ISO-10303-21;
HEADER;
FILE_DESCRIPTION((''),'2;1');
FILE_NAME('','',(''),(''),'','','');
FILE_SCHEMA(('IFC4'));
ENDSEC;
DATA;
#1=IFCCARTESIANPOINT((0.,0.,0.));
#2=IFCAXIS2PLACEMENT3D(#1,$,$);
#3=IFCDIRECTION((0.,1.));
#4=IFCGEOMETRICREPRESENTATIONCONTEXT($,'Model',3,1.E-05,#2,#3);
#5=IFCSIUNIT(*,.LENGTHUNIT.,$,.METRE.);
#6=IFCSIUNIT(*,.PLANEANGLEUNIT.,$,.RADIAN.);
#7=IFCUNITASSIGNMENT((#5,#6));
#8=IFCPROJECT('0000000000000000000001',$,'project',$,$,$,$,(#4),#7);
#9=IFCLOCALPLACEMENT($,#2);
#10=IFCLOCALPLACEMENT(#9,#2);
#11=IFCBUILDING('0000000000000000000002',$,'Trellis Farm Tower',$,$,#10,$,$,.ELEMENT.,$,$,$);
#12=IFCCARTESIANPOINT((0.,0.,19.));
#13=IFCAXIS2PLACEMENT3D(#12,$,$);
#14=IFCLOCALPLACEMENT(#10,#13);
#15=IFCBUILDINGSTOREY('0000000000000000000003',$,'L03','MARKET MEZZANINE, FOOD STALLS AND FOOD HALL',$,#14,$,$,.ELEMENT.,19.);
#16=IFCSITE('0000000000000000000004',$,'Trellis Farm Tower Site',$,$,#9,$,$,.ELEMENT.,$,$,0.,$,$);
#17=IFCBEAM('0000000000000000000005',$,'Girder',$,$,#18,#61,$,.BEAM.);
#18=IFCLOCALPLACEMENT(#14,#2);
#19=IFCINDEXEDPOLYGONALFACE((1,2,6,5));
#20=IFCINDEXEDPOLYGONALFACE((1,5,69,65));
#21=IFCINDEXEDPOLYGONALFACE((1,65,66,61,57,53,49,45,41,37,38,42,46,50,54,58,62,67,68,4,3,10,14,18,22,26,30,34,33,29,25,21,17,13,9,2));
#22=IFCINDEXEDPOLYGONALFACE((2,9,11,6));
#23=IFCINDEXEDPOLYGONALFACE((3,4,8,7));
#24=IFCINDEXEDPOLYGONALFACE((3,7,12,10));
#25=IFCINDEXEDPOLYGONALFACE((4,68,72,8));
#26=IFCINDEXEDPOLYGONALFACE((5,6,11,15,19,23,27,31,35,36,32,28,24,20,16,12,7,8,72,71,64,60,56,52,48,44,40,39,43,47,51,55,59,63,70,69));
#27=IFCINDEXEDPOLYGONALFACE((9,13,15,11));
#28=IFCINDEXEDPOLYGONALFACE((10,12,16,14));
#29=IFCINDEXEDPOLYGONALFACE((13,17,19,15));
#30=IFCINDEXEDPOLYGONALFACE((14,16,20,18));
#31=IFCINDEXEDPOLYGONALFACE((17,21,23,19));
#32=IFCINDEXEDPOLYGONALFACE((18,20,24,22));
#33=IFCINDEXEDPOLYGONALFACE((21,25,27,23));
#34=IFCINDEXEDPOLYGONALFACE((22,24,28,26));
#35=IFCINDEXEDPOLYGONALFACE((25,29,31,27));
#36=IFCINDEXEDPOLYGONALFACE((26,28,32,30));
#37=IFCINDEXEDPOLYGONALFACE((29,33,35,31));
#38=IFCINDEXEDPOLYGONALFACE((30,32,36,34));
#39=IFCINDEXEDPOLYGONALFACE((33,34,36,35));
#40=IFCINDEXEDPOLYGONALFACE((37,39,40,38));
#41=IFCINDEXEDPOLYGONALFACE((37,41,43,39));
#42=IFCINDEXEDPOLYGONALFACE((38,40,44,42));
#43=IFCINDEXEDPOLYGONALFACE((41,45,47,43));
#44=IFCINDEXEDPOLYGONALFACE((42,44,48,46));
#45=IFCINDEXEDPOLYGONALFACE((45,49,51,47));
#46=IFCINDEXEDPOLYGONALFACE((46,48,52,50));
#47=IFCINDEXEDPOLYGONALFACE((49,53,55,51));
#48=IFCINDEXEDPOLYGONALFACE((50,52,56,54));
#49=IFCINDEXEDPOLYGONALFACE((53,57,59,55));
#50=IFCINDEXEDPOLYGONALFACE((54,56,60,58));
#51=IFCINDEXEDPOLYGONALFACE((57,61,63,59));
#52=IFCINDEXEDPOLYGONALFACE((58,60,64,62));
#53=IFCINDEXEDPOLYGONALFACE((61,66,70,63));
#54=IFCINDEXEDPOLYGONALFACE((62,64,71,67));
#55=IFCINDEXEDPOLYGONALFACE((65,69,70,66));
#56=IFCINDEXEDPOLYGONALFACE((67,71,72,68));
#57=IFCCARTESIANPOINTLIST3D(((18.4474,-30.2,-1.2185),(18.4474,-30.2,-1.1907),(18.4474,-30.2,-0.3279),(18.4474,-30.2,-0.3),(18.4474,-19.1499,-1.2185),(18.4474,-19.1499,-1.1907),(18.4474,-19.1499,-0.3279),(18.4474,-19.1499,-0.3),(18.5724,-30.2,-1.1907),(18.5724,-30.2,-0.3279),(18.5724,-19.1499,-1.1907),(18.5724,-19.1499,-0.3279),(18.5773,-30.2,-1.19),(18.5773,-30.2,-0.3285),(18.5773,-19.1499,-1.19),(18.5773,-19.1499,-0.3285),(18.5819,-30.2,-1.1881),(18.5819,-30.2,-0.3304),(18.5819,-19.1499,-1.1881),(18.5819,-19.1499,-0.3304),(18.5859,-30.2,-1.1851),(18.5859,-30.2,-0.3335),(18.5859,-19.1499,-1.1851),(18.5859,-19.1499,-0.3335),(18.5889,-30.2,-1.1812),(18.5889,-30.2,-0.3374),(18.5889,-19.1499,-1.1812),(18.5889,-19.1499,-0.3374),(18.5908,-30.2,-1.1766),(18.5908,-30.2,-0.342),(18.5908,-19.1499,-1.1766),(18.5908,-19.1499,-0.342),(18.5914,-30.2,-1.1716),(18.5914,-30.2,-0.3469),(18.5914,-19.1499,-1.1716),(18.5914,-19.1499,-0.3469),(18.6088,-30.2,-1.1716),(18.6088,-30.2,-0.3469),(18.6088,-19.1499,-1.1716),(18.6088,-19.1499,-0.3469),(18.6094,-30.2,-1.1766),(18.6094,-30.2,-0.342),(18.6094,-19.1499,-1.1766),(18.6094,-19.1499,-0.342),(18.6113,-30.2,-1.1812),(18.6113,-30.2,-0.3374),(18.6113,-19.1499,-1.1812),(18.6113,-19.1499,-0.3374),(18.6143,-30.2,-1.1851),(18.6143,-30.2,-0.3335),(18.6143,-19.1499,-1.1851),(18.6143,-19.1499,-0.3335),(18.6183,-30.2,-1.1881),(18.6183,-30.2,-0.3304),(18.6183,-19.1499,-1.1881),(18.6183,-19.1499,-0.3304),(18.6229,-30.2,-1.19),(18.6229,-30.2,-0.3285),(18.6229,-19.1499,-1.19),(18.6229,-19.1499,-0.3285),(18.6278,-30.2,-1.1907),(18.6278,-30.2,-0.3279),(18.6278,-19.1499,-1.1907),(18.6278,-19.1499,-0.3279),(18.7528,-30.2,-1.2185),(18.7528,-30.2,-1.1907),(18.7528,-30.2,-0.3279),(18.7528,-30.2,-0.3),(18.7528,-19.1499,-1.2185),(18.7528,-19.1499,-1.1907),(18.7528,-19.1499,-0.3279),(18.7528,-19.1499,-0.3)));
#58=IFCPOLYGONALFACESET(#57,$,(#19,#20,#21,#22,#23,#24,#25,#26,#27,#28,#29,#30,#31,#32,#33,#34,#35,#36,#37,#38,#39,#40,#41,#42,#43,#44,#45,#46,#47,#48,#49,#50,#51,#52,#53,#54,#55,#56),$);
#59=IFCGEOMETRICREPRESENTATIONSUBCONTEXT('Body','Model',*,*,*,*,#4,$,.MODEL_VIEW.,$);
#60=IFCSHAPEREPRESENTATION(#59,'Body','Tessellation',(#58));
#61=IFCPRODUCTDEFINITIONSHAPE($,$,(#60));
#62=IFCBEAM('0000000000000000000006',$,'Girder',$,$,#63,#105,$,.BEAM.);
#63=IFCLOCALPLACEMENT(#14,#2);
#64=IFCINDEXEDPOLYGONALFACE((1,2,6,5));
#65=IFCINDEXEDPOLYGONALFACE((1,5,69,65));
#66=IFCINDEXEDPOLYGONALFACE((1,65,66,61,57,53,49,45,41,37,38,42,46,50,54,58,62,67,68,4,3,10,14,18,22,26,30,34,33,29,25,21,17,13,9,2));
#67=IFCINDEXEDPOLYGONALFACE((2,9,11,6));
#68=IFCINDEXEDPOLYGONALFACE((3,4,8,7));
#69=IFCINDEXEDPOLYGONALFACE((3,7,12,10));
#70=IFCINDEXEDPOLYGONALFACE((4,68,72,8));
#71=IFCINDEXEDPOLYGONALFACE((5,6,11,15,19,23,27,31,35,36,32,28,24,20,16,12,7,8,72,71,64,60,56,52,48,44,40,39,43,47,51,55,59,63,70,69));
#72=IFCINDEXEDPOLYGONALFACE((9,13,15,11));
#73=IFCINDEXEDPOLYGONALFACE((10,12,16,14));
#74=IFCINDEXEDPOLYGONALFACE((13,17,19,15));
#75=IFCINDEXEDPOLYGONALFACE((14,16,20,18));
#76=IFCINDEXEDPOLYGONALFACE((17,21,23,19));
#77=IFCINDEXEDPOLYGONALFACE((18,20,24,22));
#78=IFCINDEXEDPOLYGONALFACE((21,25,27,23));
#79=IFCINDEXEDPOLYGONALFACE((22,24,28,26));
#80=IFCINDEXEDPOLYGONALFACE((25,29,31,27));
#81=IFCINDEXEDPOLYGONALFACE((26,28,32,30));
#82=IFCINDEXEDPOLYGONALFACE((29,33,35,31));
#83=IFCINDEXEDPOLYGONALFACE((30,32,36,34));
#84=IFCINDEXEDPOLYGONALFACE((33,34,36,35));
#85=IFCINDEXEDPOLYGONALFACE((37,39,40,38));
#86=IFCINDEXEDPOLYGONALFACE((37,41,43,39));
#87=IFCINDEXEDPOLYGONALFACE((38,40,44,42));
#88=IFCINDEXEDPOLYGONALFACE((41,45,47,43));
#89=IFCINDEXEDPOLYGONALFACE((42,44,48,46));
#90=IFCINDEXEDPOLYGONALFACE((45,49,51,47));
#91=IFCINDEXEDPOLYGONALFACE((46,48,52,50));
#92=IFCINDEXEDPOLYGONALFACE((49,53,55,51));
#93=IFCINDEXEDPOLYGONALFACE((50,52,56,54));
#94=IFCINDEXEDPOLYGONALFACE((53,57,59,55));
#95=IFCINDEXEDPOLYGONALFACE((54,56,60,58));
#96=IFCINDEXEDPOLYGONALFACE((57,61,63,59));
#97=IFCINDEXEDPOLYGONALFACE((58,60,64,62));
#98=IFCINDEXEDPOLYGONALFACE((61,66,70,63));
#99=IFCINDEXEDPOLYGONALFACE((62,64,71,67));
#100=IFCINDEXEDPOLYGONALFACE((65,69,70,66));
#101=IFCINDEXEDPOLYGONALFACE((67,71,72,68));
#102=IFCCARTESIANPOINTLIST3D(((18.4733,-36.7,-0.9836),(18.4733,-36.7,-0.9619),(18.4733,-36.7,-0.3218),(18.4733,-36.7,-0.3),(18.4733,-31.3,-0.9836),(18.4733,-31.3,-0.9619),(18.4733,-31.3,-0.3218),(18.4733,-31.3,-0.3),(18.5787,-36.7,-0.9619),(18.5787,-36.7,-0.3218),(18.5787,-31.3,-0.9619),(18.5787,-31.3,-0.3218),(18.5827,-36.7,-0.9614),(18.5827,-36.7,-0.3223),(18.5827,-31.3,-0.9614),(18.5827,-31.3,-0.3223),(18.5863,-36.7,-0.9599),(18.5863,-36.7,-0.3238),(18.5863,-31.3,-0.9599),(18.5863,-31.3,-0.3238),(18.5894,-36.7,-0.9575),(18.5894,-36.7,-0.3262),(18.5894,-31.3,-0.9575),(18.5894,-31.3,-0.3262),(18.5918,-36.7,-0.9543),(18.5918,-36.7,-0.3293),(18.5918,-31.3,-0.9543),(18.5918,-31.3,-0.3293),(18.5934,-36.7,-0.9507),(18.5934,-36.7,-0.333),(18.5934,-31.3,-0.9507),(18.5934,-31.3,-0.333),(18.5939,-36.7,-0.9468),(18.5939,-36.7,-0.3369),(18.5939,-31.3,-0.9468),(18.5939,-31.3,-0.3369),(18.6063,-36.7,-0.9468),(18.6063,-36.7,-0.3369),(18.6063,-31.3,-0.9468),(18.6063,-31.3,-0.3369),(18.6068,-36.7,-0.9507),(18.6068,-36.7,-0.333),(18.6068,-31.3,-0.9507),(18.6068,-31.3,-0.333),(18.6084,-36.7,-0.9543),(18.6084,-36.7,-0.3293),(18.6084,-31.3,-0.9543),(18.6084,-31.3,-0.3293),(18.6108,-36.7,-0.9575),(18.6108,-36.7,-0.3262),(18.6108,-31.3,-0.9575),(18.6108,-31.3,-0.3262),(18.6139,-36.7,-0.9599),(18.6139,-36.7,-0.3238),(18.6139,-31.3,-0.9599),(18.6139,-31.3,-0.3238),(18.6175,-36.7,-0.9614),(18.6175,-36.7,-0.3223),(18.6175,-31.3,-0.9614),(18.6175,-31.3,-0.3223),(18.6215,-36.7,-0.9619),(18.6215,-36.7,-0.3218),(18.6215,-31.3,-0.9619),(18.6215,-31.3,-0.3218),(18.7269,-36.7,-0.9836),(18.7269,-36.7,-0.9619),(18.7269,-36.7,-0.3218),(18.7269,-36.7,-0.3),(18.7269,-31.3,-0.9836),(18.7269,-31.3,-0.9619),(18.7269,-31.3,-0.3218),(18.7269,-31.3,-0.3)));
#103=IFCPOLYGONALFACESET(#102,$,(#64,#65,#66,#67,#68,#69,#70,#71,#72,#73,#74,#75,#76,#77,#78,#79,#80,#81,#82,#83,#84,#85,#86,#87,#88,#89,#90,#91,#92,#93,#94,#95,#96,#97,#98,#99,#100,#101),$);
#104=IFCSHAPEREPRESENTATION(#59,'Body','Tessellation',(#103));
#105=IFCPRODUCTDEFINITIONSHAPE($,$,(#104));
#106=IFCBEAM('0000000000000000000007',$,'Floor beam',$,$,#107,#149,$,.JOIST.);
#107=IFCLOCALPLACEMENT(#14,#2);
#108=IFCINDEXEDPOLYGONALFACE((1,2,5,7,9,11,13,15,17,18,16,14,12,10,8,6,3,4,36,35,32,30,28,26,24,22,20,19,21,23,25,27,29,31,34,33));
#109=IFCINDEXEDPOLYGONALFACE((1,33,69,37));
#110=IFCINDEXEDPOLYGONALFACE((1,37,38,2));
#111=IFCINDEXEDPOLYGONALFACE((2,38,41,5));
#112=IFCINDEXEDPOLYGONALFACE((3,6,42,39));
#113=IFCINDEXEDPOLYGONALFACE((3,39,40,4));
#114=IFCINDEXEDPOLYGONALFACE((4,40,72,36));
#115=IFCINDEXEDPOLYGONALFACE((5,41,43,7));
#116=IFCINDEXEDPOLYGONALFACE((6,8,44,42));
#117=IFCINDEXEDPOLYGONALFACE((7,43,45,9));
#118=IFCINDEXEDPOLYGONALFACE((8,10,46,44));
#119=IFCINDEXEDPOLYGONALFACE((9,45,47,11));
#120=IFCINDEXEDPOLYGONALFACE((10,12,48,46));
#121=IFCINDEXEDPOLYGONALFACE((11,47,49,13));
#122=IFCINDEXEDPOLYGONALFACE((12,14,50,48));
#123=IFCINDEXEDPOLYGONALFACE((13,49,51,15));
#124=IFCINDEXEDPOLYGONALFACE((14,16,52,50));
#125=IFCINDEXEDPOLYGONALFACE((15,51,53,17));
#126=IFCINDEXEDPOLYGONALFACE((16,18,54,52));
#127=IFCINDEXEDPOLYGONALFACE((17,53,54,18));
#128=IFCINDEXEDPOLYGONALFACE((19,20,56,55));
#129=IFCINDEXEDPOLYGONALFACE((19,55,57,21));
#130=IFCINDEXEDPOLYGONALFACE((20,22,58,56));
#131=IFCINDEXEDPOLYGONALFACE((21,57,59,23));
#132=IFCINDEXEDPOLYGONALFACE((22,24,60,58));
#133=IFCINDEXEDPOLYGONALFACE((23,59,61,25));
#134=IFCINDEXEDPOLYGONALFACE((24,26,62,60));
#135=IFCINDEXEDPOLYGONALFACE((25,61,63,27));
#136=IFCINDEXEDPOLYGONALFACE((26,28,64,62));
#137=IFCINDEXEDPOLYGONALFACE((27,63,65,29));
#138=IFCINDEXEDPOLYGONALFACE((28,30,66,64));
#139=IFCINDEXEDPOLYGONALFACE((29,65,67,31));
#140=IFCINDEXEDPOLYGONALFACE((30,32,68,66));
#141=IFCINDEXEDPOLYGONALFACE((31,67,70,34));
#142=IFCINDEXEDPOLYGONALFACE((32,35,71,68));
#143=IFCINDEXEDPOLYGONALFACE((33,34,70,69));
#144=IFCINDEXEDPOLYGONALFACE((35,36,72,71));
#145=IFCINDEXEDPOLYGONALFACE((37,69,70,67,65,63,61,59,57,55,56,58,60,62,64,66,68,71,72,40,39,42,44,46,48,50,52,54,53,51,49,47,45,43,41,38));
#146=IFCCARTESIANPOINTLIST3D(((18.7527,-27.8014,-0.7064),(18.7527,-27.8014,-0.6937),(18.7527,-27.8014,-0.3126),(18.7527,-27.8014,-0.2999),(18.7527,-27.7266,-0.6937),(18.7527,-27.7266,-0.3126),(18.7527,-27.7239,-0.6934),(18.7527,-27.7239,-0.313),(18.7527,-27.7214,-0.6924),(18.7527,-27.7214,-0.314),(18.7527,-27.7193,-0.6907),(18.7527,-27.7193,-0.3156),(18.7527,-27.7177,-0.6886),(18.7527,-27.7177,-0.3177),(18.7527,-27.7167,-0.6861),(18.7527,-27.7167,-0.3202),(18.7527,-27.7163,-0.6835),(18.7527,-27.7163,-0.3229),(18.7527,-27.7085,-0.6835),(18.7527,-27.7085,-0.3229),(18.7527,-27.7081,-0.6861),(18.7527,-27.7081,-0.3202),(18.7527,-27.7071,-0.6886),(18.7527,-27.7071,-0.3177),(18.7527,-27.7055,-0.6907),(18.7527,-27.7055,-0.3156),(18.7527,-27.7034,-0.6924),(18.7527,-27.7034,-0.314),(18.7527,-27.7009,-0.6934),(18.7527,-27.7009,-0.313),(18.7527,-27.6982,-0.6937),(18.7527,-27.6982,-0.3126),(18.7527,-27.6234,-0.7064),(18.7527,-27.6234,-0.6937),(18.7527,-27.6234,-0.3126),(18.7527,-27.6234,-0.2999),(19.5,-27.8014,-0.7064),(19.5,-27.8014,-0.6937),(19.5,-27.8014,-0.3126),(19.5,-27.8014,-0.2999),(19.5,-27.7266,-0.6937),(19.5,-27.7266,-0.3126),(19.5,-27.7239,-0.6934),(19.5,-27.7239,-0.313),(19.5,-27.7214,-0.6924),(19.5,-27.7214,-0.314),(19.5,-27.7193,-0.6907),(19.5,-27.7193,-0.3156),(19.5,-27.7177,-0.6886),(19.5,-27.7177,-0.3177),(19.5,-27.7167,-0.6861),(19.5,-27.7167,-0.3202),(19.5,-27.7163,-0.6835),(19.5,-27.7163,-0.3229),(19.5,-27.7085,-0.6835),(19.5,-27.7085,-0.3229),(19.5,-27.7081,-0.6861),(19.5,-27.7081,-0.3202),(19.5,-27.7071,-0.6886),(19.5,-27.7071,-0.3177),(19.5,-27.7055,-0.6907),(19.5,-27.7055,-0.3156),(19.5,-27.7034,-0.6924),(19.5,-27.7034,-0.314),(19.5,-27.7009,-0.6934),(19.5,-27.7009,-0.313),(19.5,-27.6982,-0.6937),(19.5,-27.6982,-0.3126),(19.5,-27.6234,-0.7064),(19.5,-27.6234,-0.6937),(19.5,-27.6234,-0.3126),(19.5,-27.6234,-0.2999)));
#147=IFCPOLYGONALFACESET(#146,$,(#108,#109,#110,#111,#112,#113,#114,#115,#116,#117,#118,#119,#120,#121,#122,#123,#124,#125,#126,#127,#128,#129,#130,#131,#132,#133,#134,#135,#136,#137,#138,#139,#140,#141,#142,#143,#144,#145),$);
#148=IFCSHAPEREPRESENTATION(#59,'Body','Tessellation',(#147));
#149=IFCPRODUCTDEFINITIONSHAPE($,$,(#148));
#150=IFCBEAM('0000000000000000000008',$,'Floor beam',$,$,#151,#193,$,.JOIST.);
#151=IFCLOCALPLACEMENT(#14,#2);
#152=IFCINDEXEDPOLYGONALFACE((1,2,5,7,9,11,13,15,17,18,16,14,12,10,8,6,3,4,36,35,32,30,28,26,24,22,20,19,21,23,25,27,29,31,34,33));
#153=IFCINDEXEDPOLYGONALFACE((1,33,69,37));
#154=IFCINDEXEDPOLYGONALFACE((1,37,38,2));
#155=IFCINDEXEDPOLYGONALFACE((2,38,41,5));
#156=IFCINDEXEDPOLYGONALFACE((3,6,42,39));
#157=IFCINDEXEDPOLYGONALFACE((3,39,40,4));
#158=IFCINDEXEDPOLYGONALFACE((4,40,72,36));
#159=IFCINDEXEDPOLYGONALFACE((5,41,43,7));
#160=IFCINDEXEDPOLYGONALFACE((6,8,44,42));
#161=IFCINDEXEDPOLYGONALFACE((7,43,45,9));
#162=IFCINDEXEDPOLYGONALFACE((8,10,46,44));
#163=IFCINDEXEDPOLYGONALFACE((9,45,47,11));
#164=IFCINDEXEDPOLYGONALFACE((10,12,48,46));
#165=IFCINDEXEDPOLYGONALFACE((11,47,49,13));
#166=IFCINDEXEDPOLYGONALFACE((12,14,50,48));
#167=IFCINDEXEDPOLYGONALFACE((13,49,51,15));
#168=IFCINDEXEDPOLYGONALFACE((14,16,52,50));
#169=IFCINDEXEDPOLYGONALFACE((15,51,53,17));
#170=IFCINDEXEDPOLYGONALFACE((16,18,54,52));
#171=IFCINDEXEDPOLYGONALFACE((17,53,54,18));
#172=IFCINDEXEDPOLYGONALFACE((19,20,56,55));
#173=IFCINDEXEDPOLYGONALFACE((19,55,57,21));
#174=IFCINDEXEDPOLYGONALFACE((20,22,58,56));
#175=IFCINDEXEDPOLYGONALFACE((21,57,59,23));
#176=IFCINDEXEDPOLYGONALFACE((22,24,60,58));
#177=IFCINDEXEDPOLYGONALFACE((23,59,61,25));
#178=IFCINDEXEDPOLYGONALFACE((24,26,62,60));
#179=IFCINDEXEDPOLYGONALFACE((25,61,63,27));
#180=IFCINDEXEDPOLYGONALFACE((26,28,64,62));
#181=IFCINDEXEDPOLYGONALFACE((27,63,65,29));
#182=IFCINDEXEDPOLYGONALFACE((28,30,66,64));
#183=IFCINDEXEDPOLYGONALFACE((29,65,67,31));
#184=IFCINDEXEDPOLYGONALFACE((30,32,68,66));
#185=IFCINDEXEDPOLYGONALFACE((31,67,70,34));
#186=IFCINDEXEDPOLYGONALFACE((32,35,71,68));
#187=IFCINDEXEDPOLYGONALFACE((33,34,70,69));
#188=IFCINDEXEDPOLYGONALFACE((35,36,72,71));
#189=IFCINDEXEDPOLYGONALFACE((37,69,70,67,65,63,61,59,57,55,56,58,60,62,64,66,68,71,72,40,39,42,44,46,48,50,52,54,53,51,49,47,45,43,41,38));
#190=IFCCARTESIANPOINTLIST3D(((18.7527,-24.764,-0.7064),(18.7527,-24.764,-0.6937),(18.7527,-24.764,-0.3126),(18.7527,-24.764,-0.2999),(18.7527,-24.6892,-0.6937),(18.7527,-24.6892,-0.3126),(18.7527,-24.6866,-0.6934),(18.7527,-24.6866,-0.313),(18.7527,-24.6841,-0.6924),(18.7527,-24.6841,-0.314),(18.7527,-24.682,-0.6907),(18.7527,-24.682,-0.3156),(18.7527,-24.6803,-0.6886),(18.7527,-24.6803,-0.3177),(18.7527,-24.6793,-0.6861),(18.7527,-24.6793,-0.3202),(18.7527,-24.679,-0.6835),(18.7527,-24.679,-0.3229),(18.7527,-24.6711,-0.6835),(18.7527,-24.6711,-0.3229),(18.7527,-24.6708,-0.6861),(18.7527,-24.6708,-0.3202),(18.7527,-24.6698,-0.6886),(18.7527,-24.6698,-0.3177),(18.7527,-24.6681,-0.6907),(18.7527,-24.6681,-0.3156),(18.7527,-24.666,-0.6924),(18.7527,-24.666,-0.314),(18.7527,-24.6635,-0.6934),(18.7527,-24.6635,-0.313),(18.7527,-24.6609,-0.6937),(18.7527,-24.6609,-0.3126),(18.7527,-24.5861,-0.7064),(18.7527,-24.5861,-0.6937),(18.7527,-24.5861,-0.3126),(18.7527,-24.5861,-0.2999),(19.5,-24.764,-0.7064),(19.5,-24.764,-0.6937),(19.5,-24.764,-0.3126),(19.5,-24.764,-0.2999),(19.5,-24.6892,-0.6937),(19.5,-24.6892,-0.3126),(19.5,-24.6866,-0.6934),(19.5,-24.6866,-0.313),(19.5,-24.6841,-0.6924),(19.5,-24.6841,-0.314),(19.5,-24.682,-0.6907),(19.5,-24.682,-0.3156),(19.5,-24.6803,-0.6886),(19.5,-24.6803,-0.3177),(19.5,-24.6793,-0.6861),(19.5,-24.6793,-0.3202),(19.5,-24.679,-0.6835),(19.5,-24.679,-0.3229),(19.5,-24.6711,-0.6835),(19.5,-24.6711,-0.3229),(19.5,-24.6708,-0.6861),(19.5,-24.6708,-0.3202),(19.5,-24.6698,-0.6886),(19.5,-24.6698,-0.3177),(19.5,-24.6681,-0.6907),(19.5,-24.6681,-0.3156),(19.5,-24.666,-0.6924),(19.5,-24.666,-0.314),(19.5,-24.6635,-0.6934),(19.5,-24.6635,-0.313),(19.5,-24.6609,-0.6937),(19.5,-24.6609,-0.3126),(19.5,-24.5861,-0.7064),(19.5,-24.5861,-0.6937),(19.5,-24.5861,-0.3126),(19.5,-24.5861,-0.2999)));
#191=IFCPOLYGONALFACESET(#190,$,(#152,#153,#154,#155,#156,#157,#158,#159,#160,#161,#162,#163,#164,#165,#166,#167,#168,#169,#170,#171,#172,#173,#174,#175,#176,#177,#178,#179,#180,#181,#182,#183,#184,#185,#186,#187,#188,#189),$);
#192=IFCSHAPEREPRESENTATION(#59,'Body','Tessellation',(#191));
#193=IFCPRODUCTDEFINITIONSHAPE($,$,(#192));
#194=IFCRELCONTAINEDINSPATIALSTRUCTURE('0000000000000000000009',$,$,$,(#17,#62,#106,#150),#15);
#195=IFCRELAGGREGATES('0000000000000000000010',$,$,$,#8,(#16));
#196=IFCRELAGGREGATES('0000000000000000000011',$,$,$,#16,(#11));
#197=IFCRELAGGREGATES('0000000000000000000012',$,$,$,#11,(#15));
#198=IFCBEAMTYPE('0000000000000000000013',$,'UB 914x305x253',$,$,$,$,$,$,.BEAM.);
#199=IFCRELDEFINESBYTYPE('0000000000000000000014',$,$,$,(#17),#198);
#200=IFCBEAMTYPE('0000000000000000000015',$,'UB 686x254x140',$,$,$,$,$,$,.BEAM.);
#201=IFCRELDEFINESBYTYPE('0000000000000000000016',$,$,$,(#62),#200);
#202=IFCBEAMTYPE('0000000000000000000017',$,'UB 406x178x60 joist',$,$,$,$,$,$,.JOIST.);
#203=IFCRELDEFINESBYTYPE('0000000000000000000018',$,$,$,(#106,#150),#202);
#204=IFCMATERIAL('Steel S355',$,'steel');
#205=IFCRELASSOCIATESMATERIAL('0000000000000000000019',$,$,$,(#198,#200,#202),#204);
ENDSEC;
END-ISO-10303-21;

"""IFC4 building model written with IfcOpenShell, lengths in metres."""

from ifc_helpers import new_model, si_unit, direction, frame, origin, origin_2d, place, context, subcontext, project, spatial, i_section, extrude, source, transform, mapped, material, material_profile, profile_set, type_object, element, save


model = new_model("IFC4")

# Units and contexts
model_context = context("Model", 3, precision=1e-05, world=origin(), true_north=direction((0.0, 1.0)))
body_context = subcontext(model_context, "Body", "Model", "MODEL_VIEW")
ifc_project = project(units=[si_unit("LENGTHUNIT", "METRE"), si_unit("PLANEANGLEUNIT", "RADIAN")], contexts=[model_context])

# Site, building, storey
site_placement = place(None, origin())
site = spatial("IfcSite", under=ifc_project, at=site_placement, Name="Trellis Farm Tower Site", CompositionType="ELEMENT", RefElevation=0.0)
building_placement = place(site_placement, origin())
building = spatial("IfcBuilding", under=site, at=building_placement, Name="Trellis Farm Tower", CompositionType="ELEMENT")
storey_placement = place(building_placement, frame((0.0, 0.0, 19.0)))
storey = spatial("IfcBuildingStorey", under=building, at=storey_placement, Name="L03", Description="MARKET MEZZANINE, FOOD STALLS AND FOOD HALL", CompositionType="ELEMENT", Elevation=19.0)

# Beams
ifc_material_1 = material(Name="Steel S355", Category="steel")
ifc_material_profile_1 = material_profile(ifc_material_1, i_section(OverallWidth=0.3054, OverallDepth=0.9185, WebThickness=0.0173, FlangeThickness=0.0278, FilletRadius=0.019, at=origin_2d()), Name="UB 914x305x253")
ifc_profile_set_1 = profile_set([ifc_material_profile_1], Name="Steel S355")
beam_type_1 = type_object("IfcBeamType", Name="UB 914x305x253", PredefinedType="BEAM", material=ifc_profile_set_1)
shared_shape_1 = source(origin(), body_context, "Body", "SweptSolid", [
    extrude(i_section(OverallWidth=0.3054, OverallDepth=0.9185, WebThickness=0.0173, FlangeThickness=0.0278, FilletRadius=0.019, at=origin_2d()), origin(), (0.0, 0.0, 1.0), 11.05),
])
for number, where, z_axis, x_axis, name in (
    (1, (18.6001, -30.2, -0.7593), (0.0, 1.0, 0.0), (-1.0, 0.0, 0.0), "Girder"),
):
    element("IfcBeam", number, at=place(storey_placement, frame(where, z_axis=z_axis, x_axis=x_axis)), inside=storey, type_object=beam_type_1, Name=name, PredefinedType="BEAM", context=body_context, shape_type="MappedRepresentation", body=[
        mapped(shared_shape_1, transform((0.0, 0.0, 0.0))),
    ])
ifc_material_profile_2 = material_profile(ifc_material_1, i_section(OverallWidth=0.2537, OverallDepth=0.6836, WebThickness=0.0125, FlangeThickness=0.0217, FilletRadius=0.0151, at=origin_2d()), Name="UB 686x254x140")
ifc_profile_set_2 = profile_set([ifc_material_profile_2], Name="Steel S355")
beam_type_2 = type_object("IfcBeamType", Name="UB 686x254x140", PredefinedType="BEAM", material=ifc_profile_set_2)
shared_shape_2 = source(origin(), body_context, "Body", "SweptSolid", [
    extrude(i_section(OverallWidth=0.2537, OverallDepth=0.6836, WebThickness=0.0125, FlangeThickness=0.0217, FilletRadius=0.0151, at=origin_2d()), origin(), (0.0, 0.0, 1.0), 5.3999),
])
beam_1_placement = place(storey_placement, frame((18.6001, -36.7, -0.6418), z_axis=(0.0, 1.0, 0.0), x_axis=(-1.0, 0.0, 0.0)))
element("IfcBeam", 2, at=beam_1_placement, inside=storey, type_object=beam_type_2, Name="Girder", PredefinedType="BEAM", context=body_context, shape_type="MappedRepresentation", body=[
    mapped(shared_shape_2, transform((0.0, 0.0, 0.0))),
])
ifc_material_profile_3 = material_profile(ifc_material_1, i_section(OverallWidth=0.178, OverallDepth=0.4065, WebThickness=0.0078, FlangeThickness=0.0127, FilletRadius=0.0103, at=origin_2d()), Name="UB 406x178x60")
ifc_profile_set_3 = profile_set([ifc_material_profile_3], Name="Steel S355")
beam_type_3 = type_object("IfcBeamType", Name="UB 406x178x60 joist", PredefinedType="JOIST", material=ifc_profile_set_3)
shared_shape_3 = source(origin(), body_context, "Body", "SweptSolid", [
    extrude(i_section(OverallWidth=0.178, OverallDepth=0.4065, WebThickness=0.0078, FlangeThickness=0.0127, FilletRadius=0.0103, at=origin_2d()), origin(), (0.0, 0.0, 1.0), 0.7473),
])
for number, where, z_axis, x_axis, name in (
    (3, (18.7527, -27.7124, -0.5032), (1.0, 0.0, 0.0), (0.0, 1.0, 0.0), "Floor beam"),
    (4, (18.7527, -24.675, -0.5032), (1.0, 0.0, 0.0), (0.0, 1.0, 0.0), "Floor beam"),
):
    element("IfcBeam", number, at=place(storey_placement, frame(where, z_axis=z_axis, x_axis=x_axis)), inside=storey, type_object=beam_type_3, Name=name, PredefinedType="JOIST", context=body_context, shape_type="MappedRepresentation", body=[
        mapped(shared_shape_3, transform((0.0, 0.0, 0.0))),
    ])

save(model, "model.ifc")
